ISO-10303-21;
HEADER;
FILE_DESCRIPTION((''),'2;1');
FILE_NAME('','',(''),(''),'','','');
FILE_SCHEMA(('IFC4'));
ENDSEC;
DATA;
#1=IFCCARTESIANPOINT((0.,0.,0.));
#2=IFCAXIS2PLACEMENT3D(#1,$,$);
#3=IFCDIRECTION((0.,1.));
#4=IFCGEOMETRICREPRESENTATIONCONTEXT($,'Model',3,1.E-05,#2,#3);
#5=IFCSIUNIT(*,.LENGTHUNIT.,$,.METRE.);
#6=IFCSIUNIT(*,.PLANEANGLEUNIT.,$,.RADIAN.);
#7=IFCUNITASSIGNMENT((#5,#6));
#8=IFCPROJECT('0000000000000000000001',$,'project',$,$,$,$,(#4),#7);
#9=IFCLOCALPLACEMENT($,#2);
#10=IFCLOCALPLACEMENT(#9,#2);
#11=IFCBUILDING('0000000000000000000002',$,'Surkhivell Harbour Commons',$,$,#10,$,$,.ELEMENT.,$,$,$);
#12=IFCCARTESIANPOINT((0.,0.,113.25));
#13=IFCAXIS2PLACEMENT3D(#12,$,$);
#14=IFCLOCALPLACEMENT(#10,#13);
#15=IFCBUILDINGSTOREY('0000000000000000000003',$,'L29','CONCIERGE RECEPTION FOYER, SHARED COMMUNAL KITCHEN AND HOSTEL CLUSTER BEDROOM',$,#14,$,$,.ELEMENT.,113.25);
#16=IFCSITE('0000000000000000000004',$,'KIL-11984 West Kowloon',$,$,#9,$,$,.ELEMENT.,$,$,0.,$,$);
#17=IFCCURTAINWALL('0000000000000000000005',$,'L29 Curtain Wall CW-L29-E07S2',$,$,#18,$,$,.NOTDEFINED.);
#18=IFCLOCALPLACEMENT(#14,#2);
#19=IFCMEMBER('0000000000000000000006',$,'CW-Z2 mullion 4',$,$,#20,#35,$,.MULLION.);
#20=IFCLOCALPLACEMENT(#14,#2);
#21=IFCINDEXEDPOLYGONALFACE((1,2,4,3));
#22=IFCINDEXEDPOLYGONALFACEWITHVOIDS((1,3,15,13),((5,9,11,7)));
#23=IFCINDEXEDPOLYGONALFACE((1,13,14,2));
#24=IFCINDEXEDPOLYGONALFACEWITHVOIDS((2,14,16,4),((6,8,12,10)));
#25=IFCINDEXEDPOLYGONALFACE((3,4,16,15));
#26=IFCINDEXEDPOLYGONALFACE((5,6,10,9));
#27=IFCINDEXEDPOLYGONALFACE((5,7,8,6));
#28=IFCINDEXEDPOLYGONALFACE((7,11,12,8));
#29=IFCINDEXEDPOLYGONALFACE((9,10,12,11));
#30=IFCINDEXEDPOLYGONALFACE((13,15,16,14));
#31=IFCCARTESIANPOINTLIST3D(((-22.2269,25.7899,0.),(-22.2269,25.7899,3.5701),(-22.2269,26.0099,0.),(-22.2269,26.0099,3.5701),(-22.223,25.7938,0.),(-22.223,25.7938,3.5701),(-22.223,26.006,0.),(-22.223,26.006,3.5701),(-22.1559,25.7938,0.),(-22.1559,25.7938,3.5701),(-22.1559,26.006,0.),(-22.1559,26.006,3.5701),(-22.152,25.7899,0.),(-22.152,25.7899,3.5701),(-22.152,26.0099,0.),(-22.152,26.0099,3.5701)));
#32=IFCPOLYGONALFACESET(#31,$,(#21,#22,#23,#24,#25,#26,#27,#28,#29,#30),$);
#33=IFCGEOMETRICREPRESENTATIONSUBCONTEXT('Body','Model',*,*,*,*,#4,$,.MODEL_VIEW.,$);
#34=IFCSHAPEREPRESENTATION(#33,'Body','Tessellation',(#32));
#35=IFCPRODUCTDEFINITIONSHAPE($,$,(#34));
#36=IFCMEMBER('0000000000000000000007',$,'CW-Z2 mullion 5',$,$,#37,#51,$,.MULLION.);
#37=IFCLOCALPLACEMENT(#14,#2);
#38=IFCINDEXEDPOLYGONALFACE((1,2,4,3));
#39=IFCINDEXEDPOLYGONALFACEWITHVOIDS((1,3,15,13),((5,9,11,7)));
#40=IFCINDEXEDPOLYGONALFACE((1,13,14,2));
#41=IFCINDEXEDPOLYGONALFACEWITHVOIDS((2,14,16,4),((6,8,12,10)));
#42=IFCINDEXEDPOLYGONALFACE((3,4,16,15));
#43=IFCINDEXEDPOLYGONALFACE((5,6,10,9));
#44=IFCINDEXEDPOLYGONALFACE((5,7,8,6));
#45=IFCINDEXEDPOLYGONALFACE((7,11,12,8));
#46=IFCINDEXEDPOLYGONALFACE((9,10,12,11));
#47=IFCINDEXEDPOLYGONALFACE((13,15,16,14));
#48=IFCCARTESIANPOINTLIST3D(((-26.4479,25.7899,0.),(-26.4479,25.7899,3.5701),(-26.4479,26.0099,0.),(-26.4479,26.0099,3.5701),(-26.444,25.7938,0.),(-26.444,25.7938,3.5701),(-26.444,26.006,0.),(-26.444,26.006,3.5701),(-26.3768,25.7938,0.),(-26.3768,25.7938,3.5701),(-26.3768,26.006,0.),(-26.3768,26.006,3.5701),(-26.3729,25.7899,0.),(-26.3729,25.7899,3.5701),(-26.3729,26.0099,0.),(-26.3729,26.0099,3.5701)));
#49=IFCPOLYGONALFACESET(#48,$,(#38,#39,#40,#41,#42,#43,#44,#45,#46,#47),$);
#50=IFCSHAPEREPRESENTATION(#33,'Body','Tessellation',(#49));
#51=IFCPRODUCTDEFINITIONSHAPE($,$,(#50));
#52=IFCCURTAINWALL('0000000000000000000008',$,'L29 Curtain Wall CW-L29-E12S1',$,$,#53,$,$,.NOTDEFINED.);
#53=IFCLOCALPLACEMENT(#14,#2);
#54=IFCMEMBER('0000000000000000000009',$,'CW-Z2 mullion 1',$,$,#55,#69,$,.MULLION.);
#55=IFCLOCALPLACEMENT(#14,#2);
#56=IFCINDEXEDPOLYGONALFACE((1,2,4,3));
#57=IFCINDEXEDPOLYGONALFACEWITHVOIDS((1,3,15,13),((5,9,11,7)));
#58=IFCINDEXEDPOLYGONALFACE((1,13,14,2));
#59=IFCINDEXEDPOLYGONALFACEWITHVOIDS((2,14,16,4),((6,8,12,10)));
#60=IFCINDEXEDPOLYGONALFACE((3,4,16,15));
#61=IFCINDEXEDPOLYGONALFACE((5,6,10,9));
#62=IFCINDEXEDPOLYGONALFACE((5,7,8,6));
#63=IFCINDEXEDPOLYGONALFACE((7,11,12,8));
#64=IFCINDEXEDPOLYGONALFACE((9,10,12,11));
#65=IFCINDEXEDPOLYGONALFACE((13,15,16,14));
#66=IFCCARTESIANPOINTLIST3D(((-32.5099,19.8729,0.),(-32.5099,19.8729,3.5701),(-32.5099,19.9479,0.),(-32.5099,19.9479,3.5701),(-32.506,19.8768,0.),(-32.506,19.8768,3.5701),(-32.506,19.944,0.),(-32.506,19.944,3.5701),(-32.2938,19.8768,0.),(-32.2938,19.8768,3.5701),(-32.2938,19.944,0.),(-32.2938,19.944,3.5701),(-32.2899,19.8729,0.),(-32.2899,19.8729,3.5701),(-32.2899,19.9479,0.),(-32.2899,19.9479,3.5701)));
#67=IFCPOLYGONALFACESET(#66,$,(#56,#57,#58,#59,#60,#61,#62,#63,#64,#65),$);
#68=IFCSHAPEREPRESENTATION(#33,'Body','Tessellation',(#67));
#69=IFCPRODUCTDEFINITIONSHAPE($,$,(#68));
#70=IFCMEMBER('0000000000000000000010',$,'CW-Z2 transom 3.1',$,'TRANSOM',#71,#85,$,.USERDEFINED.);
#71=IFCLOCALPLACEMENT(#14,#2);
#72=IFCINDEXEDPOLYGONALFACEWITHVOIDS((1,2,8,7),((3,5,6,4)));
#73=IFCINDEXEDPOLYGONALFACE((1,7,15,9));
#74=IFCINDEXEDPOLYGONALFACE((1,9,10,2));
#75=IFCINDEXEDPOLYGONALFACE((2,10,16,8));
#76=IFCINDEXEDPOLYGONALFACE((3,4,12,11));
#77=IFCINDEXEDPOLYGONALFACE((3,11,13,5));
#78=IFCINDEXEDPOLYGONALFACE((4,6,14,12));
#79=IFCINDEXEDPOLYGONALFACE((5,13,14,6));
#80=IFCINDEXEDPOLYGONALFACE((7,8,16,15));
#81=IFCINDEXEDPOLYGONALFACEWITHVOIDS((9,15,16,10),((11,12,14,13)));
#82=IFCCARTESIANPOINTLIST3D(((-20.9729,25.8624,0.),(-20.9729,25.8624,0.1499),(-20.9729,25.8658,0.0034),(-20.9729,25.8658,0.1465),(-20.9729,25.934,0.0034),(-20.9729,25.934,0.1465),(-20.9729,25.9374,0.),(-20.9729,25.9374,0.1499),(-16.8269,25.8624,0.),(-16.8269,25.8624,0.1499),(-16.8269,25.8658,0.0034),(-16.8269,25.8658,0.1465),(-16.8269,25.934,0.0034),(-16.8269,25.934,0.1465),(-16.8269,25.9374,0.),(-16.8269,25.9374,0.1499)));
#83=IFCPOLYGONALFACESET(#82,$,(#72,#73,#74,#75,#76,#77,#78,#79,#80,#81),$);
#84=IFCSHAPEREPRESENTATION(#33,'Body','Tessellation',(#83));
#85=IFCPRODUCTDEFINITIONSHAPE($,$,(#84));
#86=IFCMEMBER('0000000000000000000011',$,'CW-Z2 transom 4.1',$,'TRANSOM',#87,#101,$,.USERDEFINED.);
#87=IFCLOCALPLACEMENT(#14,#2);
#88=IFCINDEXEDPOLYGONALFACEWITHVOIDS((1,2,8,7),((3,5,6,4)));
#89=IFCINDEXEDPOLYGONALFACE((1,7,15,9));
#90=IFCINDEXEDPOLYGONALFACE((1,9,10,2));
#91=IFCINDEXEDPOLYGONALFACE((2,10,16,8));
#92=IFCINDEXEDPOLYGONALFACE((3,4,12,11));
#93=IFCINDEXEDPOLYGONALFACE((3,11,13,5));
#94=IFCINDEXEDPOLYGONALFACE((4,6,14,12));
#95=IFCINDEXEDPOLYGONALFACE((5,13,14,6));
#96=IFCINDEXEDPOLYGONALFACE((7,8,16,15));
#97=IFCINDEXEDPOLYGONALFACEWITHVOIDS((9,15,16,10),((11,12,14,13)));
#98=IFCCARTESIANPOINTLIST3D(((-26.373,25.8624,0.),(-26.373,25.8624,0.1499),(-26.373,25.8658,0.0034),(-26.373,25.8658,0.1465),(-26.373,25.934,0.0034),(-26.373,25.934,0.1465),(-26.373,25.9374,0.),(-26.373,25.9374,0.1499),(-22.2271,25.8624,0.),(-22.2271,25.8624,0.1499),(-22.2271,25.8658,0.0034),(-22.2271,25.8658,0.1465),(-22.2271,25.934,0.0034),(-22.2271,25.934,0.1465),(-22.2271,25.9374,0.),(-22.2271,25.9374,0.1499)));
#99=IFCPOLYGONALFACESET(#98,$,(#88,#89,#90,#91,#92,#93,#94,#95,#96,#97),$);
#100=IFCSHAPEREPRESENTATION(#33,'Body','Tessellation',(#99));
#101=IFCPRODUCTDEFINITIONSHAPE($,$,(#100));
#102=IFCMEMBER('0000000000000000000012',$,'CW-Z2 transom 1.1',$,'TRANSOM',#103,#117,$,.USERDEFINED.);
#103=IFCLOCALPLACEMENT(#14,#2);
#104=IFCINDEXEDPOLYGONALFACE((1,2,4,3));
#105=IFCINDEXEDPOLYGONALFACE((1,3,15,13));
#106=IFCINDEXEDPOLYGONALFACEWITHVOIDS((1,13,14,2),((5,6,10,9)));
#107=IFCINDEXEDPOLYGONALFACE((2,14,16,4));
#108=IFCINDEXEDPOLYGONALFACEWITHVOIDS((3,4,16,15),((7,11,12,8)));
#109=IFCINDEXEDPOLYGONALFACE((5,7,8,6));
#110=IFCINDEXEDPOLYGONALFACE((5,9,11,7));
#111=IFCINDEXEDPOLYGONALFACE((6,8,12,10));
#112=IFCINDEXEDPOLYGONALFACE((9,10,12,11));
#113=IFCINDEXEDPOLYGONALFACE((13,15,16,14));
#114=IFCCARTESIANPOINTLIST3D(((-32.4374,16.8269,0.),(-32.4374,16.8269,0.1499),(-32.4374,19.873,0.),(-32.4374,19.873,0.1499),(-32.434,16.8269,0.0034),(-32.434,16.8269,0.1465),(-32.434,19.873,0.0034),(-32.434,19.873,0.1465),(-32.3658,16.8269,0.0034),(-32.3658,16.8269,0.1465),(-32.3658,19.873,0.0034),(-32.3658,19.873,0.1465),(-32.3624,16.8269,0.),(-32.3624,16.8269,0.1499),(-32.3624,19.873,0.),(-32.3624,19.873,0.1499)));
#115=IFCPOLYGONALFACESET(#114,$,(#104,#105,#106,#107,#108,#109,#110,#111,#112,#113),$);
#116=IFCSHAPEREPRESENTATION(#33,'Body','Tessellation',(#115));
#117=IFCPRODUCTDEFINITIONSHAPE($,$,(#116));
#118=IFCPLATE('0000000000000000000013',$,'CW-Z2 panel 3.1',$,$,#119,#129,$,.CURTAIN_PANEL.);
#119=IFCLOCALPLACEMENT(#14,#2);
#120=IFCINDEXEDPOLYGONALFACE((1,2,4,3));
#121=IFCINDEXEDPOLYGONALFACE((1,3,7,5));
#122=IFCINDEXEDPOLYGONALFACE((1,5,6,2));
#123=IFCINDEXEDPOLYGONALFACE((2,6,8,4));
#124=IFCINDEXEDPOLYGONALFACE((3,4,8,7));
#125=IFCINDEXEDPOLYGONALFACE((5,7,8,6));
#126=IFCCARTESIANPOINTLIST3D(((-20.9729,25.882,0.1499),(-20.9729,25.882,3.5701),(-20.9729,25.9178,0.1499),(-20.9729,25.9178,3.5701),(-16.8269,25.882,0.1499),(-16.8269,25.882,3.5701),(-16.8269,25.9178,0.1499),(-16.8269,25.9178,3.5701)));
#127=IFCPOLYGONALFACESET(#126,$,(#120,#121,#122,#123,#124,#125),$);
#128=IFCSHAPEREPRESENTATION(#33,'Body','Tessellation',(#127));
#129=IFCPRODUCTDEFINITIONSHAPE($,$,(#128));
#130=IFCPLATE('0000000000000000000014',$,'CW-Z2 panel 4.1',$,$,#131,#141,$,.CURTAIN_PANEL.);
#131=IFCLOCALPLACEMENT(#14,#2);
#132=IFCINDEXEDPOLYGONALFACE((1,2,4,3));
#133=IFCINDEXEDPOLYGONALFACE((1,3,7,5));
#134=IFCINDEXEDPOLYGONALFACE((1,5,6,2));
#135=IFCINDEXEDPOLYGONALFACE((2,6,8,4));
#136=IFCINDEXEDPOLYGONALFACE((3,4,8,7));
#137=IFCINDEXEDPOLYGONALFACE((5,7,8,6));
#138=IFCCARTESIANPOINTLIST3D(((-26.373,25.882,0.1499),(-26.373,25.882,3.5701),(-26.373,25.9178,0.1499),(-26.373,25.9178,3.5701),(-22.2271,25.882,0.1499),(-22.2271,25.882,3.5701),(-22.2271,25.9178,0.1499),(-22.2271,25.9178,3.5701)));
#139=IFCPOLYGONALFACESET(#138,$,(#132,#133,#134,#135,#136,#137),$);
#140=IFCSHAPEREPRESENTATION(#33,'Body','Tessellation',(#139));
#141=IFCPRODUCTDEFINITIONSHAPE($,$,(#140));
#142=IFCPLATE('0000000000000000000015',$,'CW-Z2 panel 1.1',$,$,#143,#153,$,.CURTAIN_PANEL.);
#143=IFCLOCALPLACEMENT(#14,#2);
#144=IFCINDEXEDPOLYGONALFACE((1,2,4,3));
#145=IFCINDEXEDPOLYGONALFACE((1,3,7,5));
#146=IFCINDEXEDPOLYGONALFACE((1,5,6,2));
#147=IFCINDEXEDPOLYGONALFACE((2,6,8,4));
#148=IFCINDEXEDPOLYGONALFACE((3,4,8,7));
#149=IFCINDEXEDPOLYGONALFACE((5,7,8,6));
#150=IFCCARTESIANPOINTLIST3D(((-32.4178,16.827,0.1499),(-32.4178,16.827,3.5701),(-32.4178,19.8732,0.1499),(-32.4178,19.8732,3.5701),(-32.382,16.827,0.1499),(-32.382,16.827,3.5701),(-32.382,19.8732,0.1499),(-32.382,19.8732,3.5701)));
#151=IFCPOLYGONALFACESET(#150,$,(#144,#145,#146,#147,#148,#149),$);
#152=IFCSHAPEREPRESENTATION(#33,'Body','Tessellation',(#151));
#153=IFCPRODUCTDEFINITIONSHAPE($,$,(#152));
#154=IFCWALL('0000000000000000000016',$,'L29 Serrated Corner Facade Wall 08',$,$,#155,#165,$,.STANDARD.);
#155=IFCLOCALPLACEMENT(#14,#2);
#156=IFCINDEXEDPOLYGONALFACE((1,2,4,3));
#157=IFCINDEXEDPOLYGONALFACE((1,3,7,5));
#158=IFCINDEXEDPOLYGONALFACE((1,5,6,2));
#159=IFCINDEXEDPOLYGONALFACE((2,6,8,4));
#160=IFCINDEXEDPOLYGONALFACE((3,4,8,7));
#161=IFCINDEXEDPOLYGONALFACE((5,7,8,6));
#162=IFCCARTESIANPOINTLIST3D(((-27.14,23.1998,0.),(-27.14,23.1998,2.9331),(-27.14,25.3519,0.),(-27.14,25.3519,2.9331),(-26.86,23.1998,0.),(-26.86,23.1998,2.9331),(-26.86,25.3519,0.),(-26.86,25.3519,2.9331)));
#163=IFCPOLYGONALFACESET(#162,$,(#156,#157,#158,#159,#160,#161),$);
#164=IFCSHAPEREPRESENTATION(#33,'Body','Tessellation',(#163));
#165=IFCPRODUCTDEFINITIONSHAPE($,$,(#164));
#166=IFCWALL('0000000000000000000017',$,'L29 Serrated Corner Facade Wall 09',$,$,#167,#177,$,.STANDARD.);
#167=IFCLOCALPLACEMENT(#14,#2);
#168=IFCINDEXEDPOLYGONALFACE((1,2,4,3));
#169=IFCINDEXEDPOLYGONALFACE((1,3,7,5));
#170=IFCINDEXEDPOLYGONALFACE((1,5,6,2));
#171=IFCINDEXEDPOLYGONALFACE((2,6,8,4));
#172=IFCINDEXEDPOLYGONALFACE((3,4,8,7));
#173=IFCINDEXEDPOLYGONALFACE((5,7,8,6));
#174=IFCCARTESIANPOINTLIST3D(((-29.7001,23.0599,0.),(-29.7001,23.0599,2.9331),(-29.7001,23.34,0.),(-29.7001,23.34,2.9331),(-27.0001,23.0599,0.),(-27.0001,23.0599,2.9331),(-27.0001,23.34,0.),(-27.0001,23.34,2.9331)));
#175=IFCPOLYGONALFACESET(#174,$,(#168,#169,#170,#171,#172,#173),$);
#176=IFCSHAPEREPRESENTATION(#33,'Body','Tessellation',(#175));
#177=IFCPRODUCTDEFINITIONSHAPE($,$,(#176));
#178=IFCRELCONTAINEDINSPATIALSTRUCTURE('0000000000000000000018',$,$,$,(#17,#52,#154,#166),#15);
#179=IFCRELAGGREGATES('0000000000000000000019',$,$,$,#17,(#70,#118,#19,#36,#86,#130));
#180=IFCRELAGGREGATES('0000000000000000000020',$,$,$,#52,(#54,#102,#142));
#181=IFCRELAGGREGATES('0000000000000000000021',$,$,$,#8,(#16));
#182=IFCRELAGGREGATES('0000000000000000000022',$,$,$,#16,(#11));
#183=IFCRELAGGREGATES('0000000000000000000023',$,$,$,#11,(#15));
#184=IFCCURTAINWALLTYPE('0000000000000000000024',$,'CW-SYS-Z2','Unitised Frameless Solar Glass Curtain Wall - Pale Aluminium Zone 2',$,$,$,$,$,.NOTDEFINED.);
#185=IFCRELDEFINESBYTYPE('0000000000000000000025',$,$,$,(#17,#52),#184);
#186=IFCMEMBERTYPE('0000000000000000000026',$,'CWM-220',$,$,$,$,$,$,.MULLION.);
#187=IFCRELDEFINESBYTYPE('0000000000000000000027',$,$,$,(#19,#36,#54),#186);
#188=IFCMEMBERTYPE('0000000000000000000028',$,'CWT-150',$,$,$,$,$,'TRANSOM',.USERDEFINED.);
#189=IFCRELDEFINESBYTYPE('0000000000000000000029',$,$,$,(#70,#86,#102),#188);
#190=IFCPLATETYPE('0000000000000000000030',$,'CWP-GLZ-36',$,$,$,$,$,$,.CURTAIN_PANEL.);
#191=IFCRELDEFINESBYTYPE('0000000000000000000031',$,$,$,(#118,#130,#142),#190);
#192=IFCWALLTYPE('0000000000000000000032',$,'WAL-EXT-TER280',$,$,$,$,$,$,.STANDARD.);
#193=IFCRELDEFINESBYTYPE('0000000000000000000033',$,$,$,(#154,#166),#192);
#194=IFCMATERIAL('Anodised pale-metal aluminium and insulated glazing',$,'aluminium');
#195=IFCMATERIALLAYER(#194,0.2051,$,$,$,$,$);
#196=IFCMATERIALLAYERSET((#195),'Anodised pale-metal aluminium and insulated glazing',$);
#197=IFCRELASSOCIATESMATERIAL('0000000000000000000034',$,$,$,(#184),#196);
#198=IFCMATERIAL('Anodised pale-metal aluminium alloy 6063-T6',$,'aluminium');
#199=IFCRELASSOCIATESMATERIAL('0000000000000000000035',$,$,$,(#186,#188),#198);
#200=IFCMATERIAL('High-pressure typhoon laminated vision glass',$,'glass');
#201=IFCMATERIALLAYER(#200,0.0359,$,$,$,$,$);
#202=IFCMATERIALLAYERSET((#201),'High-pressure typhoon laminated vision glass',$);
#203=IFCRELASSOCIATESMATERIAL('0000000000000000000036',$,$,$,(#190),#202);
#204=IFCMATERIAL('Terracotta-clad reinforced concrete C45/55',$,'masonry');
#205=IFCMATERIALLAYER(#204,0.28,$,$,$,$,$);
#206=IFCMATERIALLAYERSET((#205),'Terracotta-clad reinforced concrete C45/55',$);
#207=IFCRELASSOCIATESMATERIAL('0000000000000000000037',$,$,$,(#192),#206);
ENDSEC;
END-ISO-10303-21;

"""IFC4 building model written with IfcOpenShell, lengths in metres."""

from ifc_helpers import new_model, si_unit, direction, frame, frame_2d, origin, origin_2d, place, context, subcontext, project, spatial, rectangle, hollow_rectangle, extrude, material, layer, layer_set, material_profile, profile_set, type_object, element, aggregate, save


model = new_model("IFC4")

# Units and contexts
model_context = context("Model", 3, precision=1e-05, world=origin(), true_north=direction((0.0, 1.0)))
body_context = subcontext(model_context, "Body", "Model", "MODEL_VIEW")
ifc_project = project(units=[si_unit("LENGTHUNIT", "METRE"), si_unit("PLANEANGLEUNIT", "RADIAN")], contexts=[model_context])

# Site, building, storey
site_placement = place(None, origin())
site = spatial("IfcSite", under=ifc_project, at=site_placement, Name="KIL-11984 West Kowloon", CompositionType="ELEMENT", RefElevation=0.0)
building_placement = place(site_placement, origin())
building = spatial("IfcBuilding", under=site, at=building_placement, Name="Surkhivell Harbour Commons", CompositionType="ELEMENT")
storey_placement = place(building_placement, frame((0.0, 0.0, 113.25)))
storey = spatial("IfcBuildingStorey", under=building, at=storey_placement, Name="L29", Description="CONCIERGE RECEPTION FOYER, SHARED COMMUNAL KITCHEN AND HOSTEL CLUSTER BEDROOM", CompositionType="ELEMENT", Elevation=113.25)

# Curtain wall, members
ifc_material_1 = material(Name="Anodised pale-metal aluminium and insulated glazing", Category="aluminium")
ifc_layer_1 = layer(ifc_material_1, 0.2051)
ifc_layer_set_1 = layer_set([ifc_layer_1], Name="Anodised pale-metal aluminium and insulated glazing")
curtain_wall_type = type_object("IfcCurtainWallType", Name="CW-SYS-Z2", Description="Unitised Frameless Solar Glass Curtain Wall - Pale Aluminium Zone 2", PredefinedType="NOTDEFINED", material=ifc_layer_set_1)
curtain_wall_1_placement = place(storey_placement, origin())
curtain_wall_1 = element("IfcCurtainWall", 1, at=curtain_wall_1_placement, inside=storey, type_object=curtain_wall_type, Name="L29 Curtain Wall CW-L29-E07S2", PredefinedType="NOTDEFINED")
ifc_material_2 = material(Name="Anodised pale-metal aluminium alloy 6063-T6", Category="aluminium")
ifc_material_profile_1 = material_profile(ifc_material_2, hollow_rectangle(XDim=0.075, YDim=0.22, WallThickness=0.0039, at=origin_2d()), Name="ALU-MULL-75x220")
ifc_profile_set_1 = profile_set([ifc_material_profile_1], Name="Anodised pale-metal aluminium alloy 6063-T6")
member_type_1 = type_object("IfcMemberType", Name="CWM-220", PredefinedType="MULLION", material=ifc_profile_set_1)
member_1_placement = place(storey_placement, frame((-22.1895, 25.8999, 0.0), z_axis=(0.0, 0.0, 1.0), x_axis=(-1.0, 0.0, 0.0)))
member_1 = element("IfcMember", 2, at=member_1_placement, type_object=member_type_1, Name="CW-Z2 mullion 4", PredefinedType="MULLION", context=body_context, shape_type="SweptSolid", body=[
    extrude(hollow_rectangle(XDim=0.075, YDim=0.22, WallThickness=0.0039, at=origin_2d()), origin(), (0.0, 0.0, 1.0), 3.5701),
])
member_2_placement = place(storey_placement, frame((-26.4104, 25.8999, 0.0), z_axis=(0.0, 0.0, 1.0), x_axis=(-1.0, 0.0, 0.0)))
member_2 = element("IfcMember", 3, at=member_2_placement, type_object=member_type_1, Name="CW-Z2 mullion 5", PredefinedType="MULLION", context=body_context, shape_type="SweptSolid", body=[
    extrude(hollow_rectangle(XDim=0.075, YDim=0.22, WallThickness=0.0039, at=origin_2d()), origin(), (0.0, 0.0, 1.0), 3.5701),
])

# Curtain wall, member
curtain_wall_2_placement = place(storey_placement, origin())
curtain_wall_2 = element("IfcCurtainWall", 4, at=curtain_wall_2_placement, inside=storey, type_object=curtain_wall_type, Name="L29 Curtain Wall CW-L29-E12S1", PredefinedType="NOTDEFINED")
member_3_placement = place(storey_placement, frame((-32.3999, 19.9104, 0.0), z_axis=(0.0, 0.0, 1.0), x_axis=(0.0, -1.0, 0.0)))
member_3 = element("IfcMember", 5, at=member_3_placement, type_object=member_type_1, Name="CW-Z2 mullion 1", PredefinedType="MULLION", context=body_context, shape_type="SweptSolid", body=[
    extrude(hollow_rectangle(XDim=0.075, YDim=0.22, WallThickness=0.0039, at=origin_2d()), origin(), (0.0, 0.0, 1.0), 3.5701),
])

# Members
ifc_material_profile_2 = material_profile(ifc_material_2, hollow_rectangle(XDim=0.075, YDim=0.1499, WallThickness=0.0034, at=origin_2d()), Name="ALU-TRAN-75x150")
ifc_profile_set_2 = profile_set([ifc_material_profile_2], Name="Anodised pale-metal aluminium alloy 6063-T6")
member_type_2 = type_object("IfcMemberType", Name="CWT-150", ElementType="TRANSOM", PredefinedType="USERDEFINED", material=ifc_profile_set_2)
member_4_placement = place(storey_placement, frame((-16.8269, 25.8999, 0.075), z_axis=(-1.0, 0.0, 0.0), x_axis=(0.0, -1.0, 0.0)))
member_4 = element("IfcMember", 6, at=member_4_placement, type_object=member_type_2, Name="CW-Z2 transom 3.1", ObjectType="TRANSOM", PredefinedType="USERDEFINED", context=body_context, shape_type="SweptSolid", body=[
    extrude(hollow_rectangle(XDim=0.075, YDim=0.1499, WallThickness=0.0034, at=origin_2d()), origin(), (0.0, 0.0, 1.0), 4.146),
])
member_5_placement = place(storey_placement, frame((-22.2271, 25.8999, 0.075), z_axis=(-1.0, 0.0, 0.0), x_axis=(0.0, -1.0, 0.0)))
member_5 = element("IfcMember", 7, at=member_5_placement, type_object=member_type_2, Name="CW-Z2 transom 4.1", ObjectType="TRANSOM", PredefinedType="USERDEFINED", context=body_context, shape_type="SweptSolid", body=[
    extrude(hollow_rectangle(XDim=0.075, YDim=0.1499, WallThickness=0.0034, at=origin_2d()), origin(), (0.0, 0.0, 1.0), 4.146),
])
member_6_placement = place(storey_placement, frame((-32.3999, 19.873, 0.075), z_axis=(0.0, -1.0, 0.0), x_axis=(1.0, 0.0, 0.0)))
member_6 = element("IfcMember", 8, at=member_6_placement, type_object=member_type_2, Name="CW-Z2 transom 1.1", ObjectType="TRANSOM", PredefinedType="USERDEFINED", context=body_context, shape_type="SweptSolid", body=[
    extrude(hollow_rectangle(XDim=0.075, YDim=0.1499, WallThickness=0.0034, at=origin_2d()), origin(), (0.0, 0.0, 1.0), 3.0461),
])

# Plates
ifc_material_3 = material(Name="High-pressure typhoon laminated vision glass", Category="glass")
ifc_layer_2 = layer(ifc_material_3, 0.0359)
ifc_layer_set_2 = layer_set([ifc_layer_2], Name="High-pressure typhoon laminated vision glass")
plate_type = type_object("IfcPlateType", Name="CWP-GLZ-36", PredefinedType="CURTAIN_PANEL", material=ifc_layer_set_2)
plate_1_placement = place(storey_placement, frame((-16.8269, 25.8999, 0.1499), z_axis=(0.0, 0.0, 1.0), x_axis=(-1.0, 0.0, 0.0)))
plate_1 = element("IfcPlate", 9, at=plate_1_placement, type_object=plate_type, Name="CW-Z2 panel 3.1", PredefinedType="CURTAIN_PANEL", context=body_context, shape_type="SweptSolid", body=[
    extrude(rectangle(XDim=4.146, YDim=0.0359, at=frame_2d((2.073, 0.0))), origin(), (0.0, 0.0, 1.0), 3.4202),
])
plate_2_placement = place(storey_placement, frame((-22.2271, 25.8999, 0.1499), z_axis=(0.0, 0.0, 1.0), x_axis=(-1.0, 0.0, 0.0)))
plate_2 = element("IfcPlate", 10, at=plate_2_placement, type_object=plate_type, Name="CW-Z2 panel 4.1", PredefinedType="CURTAIN_PANEL", context=body_context, shape_type="SweptSolid", body=[
    extrude(rectangle(XDim=4.146, YDim=0.0359, at=frame_2d((2.073, 0.0))), origin(), (0.0, 0.0, 1.0), 3.4202),
])
aggregate(curtain_wall_1, [member_4, plate_1, member_1, member_2, member_5, plate_2])
plate_3_placement = place(storey_placement, frame((-32.3999, 19.873, 0.1499), z_axis=(0.0, 0.0, 1.0), x_axis=(0.0, -1.0, 0.0)))
plate_3 = element("IfcPlate", 11, at=plate_3_placement, type_object=plate_type, Name="CW-Z2 panel 1.1", PredefinedType="CURTAIN_PANEL", context=body_context, shape_type="SweptSolid", body=[
    extrude(rectangle(XDim=3.0461, YDim=0.0359, at=frame_2d((1.5229, 0.0))), origin(), (0.0, 0.0, 1.0), 3.4202),
])
aggregate(curtain_wall_2, [member_3, member_6, plate_3])

# Walls
ifc_material_4 = material(Name="Terracotta-clad reinforced concrete C45/55", Category="masonry")
ifc_layer_3 = layer(ifc_material_4, 0.28)
ifc_layer_set_3 = layer_set([ifc_layer_3], Name="Terracotta-clad reinforced concrete C45/55")
wall_type = type_object("IfcWallType", Name="WAL-EXT-TER280", PredefinedType="STANDARD", material=ifc_layer_set_3)
wall_1_placement = place(storey_placement, frame((-27.0, 25.3521, 0.0), z_axis=(0.0, 0.0, 1.0), x_axis=(0.0, -1.0, 0.0)))
element("IfcWall", 12, at=wall_1_placement, inside=storey, type_object=wall_type, Name="L29 Serrated Corner Facade Wall 08", PredefinedType="STANDARD", context=body_context, shape_type="SweptSolid", body=[
    extrude(rectangle(XDim=2.1521, YDim=0.28, at=frame_2d((1.0762, 0.0))), origin(), (0.0, 0.0, 1.0), 2.9331),
])
wall_2_placement = place(storey_placement, frame((-27.0, 23.2, 0.0), z_axis=(0.0, 0.0, 1.0), x_axis=(-1.0, 0.0, 0.0)))
element("IfcWall", 13, at=wall_2_placement, inside=storey, type_object=wall_type, Name="L29 Serrated Corner Facade Wall 09", PredefinedType="STANDARD", context=body_context, shape_type="SweptSolid", body=[
    extrude(rectangle(XDim=2.7, YDim=0.28, at=frame_2d((1.3501, 0.0))), origin(), (0.0, 0.0, 1.0), 2.9331),
])

save(model, "model.ifc")
